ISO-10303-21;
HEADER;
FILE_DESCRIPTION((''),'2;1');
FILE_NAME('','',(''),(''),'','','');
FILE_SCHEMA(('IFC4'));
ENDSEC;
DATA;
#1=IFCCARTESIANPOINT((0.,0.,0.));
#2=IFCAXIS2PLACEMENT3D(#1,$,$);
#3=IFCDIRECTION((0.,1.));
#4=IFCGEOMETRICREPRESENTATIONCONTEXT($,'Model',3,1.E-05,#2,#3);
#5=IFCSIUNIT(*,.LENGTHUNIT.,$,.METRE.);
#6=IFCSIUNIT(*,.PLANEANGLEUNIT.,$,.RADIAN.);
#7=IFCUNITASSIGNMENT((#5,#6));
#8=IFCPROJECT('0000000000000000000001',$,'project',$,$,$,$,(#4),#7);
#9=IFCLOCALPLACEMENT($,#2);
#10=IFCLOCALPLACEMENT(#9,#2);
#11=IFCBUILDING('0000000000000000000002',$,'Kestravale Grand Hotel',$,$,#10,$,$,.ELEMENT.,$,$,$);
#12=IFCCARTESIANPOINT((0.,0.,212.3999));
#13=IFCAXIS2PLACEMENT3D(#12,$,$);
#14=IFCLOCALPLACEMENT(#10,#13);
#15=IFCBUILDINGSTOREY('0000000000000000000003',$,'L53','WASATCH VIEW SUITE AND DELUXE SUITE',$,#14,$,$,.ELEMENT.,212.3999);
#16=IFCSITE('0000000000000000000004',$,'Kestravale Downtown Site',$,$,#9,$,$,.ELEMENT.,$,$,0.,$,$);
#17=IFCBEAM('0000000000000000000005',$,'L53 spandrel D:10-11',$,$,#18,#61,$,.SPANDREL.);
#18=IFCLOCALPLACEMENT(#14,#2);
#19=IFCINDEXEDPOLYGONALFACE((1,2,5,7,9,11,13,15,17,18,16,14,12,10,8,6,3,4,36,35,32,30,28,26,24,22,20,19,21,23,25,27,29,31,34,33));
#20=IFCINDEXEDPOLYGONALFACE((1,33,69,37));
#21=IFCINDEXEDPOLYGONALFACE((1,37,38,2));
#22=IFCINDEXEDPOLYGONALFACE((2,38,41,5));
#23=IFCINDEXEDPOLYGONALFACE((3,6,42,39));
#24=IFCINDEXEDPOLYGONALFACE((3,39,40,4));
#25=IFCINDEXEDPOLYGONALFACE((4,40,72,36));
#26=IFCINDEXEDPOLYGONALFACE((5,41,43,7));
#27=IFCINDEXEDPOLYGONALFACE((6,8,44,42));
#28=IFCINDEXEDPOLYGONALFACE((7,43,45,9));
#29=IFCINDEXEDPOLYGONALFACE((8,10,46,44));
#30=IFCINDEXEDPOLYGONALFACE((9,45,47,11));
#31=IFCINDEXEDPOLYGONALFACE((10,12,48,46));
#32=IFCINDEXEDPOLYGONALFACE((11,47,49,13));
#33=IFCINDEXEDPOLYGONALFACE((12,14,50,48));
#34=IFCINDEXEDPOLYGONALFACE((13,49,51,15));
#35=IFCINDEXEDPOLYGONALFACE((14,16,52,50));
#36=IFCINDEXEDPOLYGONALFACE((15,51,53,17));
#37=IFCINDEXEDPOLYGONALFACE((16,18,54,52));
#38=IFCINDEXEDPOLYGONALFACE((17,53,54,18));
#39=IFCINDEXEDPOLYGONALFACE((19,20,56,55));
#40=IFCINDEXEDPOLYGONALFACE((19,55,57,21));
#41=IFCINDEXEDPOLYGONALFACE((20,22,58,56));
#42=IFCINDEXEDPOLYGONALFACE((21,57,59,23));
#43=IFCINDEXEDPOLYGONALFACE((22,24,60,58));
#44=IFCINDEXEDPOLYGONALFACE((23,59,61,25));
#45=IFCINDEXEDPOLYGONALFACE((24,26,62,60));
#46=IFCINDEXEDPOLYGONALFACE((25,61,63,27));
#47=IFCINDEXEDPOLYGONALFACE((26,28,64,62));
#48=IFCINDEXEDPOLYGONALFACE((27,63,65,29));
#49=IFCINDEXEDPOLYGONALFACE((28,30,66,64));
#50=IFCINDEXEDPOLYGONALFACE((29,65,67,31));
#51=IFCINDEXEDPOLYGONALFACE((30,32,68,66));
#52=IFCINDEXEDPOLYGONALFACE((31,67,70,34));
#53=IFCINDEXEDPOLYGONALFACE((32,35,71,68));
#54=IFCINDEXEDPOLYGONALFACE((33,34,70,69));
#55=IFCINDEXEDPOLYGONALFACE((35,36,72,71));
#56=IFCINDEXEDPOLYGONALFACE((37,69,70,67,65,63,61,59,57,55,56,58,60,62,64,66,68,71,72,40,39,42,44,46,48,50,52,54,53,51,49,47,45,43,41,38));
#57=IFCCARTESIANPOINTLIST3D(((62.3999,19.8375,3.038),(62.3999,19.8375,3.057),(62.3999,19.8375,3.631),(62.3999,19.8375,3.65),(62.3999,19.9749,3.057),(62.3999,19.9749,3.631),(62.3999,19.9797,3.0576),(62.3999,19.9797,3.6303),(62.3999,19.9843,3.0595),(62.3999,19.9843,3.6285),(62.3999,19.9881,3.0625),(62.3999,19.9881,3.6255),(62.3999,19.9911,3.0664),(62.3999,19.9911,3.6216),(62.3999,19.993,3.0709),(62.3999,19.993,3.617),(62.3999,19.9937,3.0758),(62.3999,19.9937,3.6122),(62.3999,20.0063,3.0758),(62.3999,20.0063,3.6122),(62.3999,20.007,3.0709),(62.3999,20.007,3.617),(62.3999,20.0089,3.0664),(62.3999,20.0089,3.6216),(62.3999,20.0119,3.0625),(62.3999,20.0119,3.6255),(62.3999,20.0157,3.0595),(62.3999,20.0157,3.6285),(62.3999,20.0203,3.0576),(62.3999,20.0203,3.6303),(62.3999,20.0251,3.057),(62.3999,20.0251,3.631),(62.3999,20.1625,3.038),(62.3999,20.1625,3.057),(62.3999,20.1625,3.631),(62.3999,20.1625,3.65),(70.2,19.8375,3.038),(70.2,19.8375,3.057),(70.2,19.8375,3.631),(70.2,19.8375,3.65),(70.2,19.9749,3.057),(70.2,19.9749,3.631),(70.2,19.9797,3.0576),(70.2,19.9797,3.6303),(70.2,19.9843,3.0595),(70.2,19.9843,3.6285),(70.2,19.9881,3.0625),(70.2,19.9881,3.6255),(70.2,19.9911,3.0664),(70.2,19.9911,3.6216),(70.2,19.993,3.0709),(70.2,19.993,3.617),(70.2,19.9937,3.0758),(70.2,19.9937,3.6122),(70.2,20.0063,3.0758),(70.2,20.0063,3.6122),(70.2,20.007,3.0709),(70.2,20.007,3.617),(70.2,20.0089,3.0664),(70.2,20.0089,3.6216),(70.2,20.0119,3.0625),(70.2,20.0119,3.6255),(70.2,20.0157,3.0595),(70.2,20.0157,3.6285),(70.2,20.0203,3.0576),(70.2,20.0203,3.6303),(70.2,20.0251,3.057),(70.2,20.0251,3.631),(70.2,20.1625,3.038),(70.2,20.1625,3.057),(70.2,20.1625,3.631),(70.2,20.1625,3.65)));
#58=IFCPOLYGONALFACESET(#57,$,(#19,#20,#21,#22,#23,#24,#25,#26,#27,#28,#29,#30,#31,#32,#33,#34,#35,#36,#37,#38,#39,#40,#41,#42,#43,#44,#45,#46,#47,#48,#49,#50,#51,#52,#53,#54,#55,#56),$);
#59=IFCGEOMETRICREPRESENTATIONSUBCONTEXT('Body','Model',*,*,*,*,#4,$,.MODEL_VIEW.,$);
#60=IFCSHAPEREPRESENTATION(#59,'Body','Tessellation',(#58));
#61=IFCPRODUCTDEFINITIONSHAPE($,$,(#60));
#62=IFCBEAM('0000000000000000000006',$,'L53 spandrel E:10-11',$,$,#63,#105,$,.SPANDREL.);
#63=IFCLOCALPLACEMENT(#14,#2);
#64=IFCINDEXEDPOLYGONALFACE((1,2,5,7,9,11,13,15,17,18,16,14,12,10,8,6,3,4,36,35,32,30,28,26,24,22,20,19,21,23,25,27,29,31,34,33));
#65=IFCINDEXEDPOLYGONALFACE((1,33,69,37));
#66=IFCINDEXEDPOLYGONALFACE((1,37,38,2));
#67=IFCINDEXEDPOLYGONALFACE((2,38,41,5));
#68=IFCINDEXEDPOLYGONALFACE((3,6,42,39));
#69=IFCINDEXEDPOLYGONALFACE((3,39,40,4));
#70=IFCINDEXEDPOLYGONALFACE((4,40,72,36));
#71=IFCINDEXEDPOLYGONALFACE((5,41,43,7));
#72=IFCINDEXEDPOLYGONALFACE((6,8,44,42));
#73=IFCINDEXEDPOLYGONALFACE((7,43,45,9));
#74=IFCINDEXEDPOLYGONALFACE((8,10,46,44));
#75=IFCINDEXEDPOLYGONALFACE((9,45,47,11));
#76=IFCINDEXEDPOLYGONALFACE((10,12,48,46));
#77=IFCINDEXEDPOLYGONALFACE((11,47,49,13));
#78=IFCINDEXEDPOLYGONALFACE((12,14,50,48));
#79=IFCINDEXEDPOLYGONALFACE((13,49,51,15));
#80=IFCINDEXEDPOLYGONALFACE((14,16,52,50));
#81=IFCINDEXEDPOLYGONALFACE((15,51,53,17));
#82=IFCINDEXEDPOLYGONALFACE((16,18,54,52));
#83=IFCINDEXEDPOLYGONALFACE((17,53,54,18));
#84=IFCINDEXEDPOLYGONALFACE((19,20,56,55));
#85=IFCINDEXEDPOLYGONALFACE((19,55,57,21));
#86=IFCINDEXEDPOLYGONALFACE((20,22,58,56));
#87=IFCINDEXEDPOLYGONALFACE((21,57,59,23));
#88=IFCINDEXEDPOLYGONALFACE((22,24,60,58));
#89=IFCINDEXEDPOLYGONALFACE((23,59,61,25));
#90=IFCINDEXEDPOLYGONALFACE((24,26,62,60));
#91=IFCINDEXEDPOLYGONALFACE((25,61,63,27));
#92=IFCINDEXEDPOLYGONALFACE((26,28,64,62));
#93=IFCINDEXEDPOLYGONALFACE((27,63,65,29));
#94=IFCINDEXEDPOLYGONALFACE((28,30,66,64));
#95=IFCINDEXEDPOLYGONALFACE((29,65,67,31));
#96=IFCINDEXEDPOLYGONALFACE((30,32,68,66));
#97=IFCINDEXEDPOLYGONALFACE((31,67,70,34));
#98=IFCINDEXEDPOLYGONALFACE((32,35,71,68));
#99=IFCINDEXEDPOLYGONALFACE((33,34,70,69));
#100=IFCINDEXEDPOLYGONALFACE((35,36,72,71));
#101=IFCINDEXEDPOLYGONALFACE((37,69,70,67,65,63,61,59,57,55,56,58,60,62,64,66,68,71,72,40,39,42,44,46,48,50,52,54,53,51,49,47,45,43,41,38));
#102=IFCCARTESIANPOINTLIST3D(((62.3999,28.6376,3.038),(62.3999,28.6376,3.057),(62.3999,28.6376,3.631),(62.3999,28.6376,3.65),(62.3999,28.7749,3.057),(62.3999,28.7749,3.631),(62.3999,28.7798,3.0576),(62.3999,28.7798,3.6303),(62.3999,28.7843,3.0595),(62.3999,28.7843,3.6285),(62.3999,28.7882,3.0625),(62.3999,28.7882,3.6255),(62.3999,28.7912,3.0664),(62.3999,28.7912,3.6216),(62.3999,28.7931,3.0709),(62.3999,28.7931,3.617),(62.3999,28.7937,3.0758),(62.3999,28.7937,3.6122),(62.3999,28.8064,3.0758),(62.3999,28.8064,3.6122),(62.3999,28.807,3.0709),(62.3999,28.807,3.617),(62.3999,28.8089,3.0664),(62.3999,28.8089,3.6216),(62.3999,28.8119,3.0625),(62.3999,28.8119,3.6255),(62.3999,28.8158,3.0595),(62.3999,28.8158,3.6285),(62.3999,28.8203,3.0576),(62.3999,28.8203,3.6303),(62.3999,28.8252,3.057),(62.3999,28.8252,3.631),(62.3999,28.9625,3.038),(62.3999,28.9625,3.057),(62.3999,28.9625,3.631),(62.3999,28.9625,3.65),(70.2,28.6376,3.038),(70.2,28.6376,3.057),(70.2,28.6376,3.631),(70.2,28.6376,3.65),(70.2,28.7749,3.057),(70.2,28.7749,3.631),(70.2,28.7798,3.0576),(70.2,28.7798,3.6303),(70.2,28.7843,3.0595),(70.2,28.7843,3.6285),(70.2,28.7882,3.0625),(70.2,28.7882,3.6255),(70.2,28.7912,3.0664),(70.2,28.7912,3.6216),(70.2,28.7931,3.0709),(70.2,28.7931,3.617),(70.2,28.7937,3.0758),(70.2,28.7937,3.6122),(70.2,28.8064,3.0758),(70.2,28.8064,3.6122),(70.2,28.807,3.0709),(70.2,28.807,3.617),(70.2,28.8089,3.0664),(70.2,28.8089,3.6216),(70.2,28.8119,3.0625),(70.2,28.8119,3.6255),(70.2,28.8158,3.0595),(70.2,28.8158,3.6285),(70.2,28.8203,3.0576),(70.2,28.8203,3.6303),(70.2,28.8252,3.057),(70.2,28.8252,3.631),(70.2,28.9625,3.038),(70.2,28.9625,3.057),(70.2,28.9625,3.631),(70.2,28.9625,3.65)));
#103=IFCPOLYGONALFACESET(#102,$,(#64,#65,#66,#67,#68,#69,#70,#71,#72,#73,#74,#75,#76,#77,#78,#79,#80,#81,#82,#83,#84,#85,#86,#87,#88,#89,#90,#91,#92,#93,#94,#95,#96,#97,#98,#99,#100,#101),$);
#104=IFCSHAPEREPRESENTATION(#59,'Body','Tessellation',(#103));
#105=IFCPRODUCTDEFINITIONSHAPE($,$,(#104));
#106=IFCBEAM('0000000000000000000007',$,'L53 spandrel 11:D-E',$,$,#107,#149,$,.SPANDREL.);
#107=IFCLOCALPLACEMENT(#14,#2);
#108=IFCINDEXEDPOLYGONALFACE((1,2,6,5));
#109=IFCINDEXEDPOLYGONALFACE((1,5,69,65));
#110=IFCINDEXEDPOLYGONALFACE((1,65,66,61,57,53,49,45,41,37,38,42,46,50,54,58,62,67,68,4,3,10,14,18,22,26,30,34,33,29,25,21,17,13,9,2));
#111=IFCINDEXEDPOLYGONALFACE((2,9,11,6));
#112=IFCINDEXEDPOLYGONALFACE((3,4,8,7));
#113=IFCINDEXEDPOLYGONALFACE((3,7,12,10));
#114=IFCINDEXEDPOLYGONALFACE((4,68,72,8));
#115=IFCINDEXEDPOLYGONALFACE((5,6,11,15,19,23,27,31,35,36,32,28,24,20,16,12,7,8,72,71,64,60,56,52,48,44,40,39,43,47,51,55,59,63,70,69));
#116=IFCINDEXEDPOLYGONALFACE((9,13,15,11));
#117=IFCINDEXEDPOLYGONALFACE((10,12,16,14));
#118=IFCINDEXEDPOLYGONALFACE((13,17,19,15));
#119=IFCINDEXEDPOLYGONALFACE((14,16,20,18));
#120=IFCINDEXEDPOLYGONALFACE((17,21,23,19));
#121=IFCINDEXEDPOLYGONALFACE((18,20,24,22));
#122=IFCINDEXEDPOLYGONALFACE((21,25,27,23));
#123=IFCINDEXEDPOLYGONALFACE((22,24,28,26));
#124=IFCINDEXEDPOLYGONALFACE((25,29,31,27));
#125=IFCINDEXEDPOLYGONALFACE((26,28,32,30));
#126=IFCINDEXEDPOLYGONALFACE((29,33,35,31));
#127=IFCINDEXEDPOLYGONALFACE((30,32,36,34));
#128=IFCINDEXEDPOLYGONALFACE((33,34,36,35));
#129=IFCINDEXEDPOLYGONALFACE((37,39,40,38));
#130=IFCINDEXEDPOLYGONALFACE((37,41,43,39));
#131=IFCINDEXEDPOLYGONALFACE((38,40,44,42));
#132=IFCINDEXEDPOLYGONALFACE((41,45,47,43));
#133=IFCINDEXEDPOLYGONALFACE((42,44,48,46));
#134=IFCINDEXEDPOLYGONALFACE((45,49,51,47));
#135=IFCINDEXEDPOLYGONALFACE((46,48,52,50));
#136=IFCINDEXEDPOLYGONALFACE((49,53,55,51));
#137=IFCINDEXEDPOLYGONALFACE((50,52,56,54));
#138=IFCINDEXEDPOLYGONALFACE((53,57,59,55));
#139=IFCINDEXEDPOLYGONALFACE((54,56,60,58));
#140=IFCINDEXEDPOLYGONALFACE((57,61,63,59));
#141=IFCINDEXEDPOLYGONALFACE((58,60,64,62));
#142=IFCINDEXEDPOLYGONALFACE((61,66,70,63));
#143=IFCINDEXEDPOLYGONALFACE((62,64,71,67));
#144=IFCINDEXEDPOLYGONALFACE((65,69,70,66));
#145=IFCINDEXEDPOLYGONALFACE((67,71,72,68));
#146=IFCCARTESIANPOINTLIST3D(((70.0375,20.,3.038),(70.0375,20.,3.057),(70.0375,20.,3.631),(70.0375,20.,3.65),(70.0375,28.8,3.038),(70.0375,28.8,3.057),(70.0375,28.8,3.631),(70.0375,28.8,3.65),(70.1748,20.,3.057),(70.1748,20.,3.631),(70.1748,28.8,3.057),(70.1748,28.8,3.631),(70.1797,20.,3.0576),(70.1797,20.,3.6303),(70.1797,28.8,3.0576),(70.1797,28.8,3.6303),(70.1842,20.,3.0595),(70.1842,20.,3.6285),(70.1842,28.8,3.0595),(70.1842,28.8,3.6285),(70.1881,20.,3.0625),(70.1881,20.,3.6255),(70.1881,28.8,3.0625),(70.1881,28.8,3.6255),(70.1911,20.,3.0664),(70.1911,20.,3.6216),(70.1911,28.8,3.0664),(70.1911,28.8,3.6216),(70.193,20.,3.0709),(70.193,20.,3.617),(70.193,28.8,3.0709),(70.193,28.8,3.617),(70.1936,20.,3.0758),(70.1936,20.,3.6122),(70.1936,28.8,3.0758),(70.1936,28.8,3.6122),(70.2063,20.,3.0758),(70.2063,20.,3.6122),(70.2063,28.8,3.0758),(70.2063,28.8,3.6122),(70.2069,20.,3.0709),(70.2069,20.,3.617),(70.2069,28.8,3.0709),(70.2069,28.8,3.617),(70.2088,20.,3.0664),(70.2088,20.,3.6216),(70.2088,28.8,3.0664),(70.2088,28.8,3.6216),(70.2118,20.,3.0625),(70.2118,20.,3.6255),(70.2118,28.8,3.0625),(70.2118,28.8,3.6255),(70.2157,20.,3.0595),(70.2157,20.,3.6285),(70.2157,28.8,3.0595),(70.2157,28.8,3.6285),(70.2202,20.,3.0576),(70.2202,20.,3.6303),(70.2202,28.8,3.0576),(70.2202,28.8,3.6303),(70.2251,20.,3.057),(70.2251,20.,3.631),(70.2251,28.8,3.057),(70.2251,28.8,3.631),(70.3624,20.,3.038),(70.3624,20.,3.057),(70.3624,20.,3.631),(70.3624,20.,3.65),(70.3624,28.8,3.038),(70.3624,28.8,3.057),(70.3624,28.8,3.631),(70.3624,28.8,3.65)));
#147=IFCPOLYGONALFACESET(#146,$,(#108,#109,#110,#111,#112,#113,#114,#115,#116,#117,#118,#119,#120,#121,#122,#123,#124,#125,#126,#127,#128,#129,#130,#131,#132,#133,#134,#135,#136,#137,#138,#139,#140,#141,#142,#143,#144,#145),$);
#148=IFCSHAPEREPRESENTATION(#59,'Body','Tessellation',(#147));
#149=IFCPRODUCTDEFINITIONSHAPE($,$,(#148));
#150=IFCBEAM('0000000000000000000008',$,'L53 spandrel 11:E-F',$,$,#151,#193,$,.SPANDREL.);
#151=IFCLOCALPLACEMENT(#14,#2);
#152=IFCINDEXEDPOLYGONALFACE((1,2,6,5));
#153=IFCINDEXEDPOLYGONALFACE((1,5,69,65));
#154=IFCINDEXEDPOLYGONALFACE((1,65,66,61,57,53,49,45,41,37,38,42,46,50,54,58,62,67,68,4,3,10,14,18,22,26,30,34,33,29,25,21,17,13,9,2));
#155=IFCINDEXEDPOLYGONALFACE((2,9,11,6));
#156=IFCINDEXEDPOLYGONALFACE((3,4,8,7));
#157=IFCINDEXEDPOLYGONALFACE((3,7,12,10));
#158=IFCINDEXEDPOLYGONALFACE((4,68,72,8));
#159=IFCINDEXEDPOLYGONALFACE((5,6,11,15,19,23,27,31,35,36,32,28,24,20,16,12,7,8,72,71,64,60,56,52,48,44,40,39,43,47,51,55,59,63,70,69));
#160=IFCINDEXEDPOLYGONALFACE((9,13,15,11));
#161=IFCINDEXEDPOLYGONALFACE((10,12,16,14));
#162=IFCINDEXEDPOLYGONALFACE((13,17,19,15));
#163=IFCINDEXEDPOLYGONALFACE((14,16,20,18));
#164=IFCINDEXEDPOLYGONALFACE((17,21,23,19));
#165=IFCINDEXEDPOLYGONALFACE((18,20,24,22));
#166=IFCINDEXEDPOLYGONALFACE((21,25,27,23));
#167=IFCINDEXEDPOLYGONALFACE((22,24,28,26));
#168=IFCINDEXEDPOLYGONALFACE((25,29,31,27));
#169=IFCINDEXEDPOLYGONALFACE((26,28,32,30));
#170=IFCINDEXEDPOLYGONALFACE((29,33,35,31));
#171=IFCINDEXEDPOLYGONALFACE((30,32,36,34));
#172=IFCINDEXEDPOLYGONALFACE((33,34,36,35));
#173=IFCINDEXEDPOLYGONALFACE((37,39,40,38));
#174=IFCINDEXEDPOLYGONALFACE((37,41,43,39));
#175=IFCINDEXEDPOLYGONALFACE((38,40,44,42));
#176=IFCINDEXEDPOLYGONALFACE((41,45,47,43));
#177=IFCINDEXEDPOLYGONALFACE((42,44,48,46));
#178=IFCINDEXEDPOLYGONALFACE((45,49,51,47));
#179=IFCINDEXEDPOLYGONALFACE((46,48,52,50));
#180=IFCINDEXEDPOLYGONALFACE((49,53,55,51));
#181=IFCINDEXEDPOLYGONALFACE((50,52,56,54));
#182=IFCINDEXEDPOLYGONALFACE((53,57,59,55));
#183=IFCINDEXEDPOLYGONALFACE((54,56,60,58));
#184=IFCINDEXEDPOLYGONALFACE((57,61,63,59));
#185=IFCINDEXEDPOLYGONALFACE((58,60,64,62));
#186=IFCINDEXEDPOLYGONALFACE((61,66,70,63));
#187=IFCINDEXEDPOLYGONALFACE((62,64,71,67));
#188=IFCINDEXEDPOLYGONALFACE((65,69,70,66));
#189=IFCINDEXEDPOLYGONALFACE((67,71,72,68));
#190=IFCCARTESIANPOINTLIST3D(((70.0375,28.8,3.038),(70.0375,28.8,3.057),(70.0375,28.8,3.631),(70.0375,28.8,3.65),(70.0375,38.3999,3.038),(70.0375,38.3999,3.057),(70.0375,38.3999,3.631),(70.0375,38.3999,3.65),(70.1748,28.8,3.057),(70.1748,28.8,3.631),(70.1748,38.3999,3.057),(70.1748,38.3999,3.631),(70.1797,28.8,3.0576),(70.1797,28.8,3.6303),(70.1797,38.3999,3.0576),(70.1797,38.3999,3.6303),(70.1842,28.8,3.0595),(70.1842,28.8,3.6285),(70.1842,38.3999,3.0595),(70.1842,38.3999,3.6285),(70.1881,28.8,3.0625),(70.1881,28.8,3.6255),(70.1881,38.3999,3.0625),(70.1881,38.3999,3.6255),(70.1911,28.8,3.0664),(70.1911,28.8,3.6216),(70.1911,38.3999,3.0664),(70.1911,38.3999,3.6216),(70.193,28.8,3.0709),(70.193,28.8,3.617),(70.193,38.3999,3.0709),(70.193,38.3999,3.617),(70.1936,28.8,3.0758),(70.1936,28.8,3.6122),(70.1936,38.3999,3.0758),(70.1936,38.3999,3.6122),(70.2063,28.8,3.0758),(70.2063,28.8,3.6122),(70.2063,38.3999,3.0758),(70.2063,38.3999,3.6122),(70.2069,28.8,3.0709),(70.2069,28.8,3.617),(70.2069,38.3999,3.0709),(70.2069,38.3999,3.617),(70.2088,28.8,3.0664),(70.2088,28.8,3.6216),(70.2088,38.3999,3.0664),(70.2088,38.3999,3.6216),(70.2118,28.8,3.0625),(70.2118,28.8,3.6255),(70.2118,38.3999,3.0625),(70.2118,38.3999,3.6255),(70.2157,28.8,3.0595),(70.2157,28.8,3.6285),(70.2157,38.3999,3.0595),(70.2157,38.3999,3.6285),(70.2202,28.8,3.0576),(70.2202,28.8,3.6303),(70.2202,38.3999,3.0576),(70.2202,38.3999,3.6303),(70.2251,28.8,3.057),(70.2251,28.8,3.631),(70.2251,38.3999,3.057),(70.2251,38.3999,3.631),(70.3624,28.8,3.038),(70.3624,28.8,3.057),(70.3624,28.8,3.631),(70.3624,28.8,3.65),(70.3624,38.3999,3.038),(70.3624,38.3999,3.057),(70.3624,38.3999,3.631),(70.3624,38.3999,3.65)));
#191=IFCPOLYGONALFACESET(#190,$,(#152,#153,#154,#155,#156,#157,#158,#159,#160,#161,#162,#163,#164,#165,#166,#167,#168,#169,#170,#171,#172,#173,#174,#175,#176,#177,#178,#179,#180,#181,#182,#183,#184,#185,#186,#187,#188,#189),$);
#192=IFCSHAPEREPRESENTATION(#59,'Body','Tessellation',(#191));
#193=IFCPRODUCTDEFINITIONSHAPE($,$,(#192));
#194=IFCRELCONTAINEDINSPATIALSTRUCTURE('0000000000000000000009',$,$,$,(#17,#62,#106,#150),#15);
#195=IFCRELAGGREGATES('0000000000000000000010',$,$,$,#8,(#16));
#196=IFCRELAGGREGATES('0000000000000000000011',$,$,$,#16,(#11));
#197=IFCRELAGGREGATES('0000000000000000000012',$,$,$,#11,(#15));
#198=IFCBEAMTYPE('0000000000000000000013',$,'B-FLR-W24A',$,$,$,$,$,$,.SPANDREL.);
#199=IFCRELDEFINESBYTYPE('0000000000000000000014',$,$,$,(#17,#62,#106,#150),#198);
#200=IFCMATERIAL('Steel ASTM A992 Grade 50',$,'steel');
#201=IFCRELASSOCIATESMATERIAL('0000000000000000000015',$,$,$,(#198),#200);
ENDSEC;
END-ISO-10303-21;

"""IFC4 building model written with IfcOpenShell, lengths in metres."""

from ifc_helpers import new_model, si_unit, direction, frame, origin, origin_2d, place, context, subcontext, project, spatial, i_section, extrude, material, material_profile, profile_set, type_object, element, save


model = new_model("IFC4")

# Units and contexts
model_context = context("Model", 3, precision=1e-05, world=origin(), true_north=direction((0.0, 1.0)))
body_context = subcontext(model_context, "Body", "Model", "MODEL_VIEW")
ifc_project = project(units=[si_unit("LENGTHUNIT", "METRE"), si_unit("PLANEANGLEUNIT", "RADIAN")], contexts=[model_context])

# Site, building, storey
site_placement = place(None, origin())
site = spatial("IfcSite", under=ifc_project, at=site_placement, Name="Kestravale Downtown Site", CompositionType="ELEMENT", RefElevation=0.0)
building_placement = place(site_placement, origin())
building = spatial("IfcBuilding", under=site, at=building_placement, Name="Kestravale Grand Hotel", CompositionType="ELEMENT")
storey_placement = place(building_placement, frame((0.0, 0.0, 212.3999)))
storey = spatial("IfcBuildingStorey", under=building, at=storey_placement, Name="L53", Description="WASATCH VIEW SUITE AND DELUXE SUITE", CompositionType="ELEMENT", Elevation=212.3999)

# Beams
ifc_material_1 = material(Name="Steel ASTM A992 Grade 50", Category="steel")
ifc_material_profile_1 = material_profile(ifc_material_1, i_section(OverallWidth=0.325, OverallDepth=0.6121, WebThickness=0.0127, FlangeThickness=0.019, FilletRadius=0.0188, at=origin_2d()))
ifc_profile_set_1 = profile_set([ifc_material_profile_1], Name="Steel ASTM A992 Grade 50")
beam_type_1 = type_object("IfcBeamType", Name="B-FLR-W24A", PredefinedType="SPANDREL", material=ifc_profile_set_1)
for number, where, z_axis, x_axis, name in (
    (1, (62.3999, 20.0, 3.344), (1.0, 0.0, 0.0), (0.0, 1.0, 0.0), "L53 spandrel D:10-11"),
    (2, (62.3999, 28.8, 3.344), (1.0, 0.0, 0.0), (0.0, 1.0, 0.0), "L53 spandrel E:10-11"),
):
    element("IfcBeam", number, at=place(storey_placement, frame(where, z_axis=z_axis, x_axis=x_axis)), inside=storey, type_object=beam_type_1, Name=name, PredefinedType="SPANDREL", context=body_context, shape_type="SweptSolid", body=[
        extrude(i_section(OverallWidth=0.325, OverallDepth=0.6121, WebThickness=0.0127, FlangeThickness=0.019, FilletRadius=0.0188, at=origin_2d()), origin(), (0.0, 0.0, 1.0), 7.8),
    ])
beam_1_placement = place(storey_placement, frame((70.2, 20.0, 3.344), z_axis=(0.0, 1.0, 0.0), x_axis=(-1.0, 0.0, 0.0)))
element("IfcBeam", 3, at=beam_1_placement, inside=storey, type_object=beam_type_1, Name="L53 spandrel 11:D-E", PredefinedType="SPANDREL", context=body_context, shape_type="SweptSolid", body=[
    extrude(i_section(OverallWidth=0.325, OverallDepth=0.6121, WebThickness=0.0127, FlangeThickness=0.019, FilletRadius=0.0188, at=origin_2d()), origin(), (0.0, 0.0, 1.0), 8.8),
])
beam_2_placement = place(storey_placement, frame((70.2, 28.8, 3.344), z_axis=(0.0, 1.0, 0.0), x_axis=(-1.0, 0.0, 0.0)))
element("IfcBeam", 4, at=beam_2_placement, inside=storey, type_object=beam_type_1, Name="L53 spandrel 11:E-F", PredefinedType="SPANDREL", context=body_context, shape_type="SweptSolid", body=[
    extrude(i_section(OverallWidth=0.325, OverallDepth=0.6121, WebThickness=0.0127, FlangeThickness=0.019, FilletRadius=0.0188, at=origin_2d()), origin(), (0.0, 0.0, 1.0), 9.5999),
])

save(model, "model.ifc")
